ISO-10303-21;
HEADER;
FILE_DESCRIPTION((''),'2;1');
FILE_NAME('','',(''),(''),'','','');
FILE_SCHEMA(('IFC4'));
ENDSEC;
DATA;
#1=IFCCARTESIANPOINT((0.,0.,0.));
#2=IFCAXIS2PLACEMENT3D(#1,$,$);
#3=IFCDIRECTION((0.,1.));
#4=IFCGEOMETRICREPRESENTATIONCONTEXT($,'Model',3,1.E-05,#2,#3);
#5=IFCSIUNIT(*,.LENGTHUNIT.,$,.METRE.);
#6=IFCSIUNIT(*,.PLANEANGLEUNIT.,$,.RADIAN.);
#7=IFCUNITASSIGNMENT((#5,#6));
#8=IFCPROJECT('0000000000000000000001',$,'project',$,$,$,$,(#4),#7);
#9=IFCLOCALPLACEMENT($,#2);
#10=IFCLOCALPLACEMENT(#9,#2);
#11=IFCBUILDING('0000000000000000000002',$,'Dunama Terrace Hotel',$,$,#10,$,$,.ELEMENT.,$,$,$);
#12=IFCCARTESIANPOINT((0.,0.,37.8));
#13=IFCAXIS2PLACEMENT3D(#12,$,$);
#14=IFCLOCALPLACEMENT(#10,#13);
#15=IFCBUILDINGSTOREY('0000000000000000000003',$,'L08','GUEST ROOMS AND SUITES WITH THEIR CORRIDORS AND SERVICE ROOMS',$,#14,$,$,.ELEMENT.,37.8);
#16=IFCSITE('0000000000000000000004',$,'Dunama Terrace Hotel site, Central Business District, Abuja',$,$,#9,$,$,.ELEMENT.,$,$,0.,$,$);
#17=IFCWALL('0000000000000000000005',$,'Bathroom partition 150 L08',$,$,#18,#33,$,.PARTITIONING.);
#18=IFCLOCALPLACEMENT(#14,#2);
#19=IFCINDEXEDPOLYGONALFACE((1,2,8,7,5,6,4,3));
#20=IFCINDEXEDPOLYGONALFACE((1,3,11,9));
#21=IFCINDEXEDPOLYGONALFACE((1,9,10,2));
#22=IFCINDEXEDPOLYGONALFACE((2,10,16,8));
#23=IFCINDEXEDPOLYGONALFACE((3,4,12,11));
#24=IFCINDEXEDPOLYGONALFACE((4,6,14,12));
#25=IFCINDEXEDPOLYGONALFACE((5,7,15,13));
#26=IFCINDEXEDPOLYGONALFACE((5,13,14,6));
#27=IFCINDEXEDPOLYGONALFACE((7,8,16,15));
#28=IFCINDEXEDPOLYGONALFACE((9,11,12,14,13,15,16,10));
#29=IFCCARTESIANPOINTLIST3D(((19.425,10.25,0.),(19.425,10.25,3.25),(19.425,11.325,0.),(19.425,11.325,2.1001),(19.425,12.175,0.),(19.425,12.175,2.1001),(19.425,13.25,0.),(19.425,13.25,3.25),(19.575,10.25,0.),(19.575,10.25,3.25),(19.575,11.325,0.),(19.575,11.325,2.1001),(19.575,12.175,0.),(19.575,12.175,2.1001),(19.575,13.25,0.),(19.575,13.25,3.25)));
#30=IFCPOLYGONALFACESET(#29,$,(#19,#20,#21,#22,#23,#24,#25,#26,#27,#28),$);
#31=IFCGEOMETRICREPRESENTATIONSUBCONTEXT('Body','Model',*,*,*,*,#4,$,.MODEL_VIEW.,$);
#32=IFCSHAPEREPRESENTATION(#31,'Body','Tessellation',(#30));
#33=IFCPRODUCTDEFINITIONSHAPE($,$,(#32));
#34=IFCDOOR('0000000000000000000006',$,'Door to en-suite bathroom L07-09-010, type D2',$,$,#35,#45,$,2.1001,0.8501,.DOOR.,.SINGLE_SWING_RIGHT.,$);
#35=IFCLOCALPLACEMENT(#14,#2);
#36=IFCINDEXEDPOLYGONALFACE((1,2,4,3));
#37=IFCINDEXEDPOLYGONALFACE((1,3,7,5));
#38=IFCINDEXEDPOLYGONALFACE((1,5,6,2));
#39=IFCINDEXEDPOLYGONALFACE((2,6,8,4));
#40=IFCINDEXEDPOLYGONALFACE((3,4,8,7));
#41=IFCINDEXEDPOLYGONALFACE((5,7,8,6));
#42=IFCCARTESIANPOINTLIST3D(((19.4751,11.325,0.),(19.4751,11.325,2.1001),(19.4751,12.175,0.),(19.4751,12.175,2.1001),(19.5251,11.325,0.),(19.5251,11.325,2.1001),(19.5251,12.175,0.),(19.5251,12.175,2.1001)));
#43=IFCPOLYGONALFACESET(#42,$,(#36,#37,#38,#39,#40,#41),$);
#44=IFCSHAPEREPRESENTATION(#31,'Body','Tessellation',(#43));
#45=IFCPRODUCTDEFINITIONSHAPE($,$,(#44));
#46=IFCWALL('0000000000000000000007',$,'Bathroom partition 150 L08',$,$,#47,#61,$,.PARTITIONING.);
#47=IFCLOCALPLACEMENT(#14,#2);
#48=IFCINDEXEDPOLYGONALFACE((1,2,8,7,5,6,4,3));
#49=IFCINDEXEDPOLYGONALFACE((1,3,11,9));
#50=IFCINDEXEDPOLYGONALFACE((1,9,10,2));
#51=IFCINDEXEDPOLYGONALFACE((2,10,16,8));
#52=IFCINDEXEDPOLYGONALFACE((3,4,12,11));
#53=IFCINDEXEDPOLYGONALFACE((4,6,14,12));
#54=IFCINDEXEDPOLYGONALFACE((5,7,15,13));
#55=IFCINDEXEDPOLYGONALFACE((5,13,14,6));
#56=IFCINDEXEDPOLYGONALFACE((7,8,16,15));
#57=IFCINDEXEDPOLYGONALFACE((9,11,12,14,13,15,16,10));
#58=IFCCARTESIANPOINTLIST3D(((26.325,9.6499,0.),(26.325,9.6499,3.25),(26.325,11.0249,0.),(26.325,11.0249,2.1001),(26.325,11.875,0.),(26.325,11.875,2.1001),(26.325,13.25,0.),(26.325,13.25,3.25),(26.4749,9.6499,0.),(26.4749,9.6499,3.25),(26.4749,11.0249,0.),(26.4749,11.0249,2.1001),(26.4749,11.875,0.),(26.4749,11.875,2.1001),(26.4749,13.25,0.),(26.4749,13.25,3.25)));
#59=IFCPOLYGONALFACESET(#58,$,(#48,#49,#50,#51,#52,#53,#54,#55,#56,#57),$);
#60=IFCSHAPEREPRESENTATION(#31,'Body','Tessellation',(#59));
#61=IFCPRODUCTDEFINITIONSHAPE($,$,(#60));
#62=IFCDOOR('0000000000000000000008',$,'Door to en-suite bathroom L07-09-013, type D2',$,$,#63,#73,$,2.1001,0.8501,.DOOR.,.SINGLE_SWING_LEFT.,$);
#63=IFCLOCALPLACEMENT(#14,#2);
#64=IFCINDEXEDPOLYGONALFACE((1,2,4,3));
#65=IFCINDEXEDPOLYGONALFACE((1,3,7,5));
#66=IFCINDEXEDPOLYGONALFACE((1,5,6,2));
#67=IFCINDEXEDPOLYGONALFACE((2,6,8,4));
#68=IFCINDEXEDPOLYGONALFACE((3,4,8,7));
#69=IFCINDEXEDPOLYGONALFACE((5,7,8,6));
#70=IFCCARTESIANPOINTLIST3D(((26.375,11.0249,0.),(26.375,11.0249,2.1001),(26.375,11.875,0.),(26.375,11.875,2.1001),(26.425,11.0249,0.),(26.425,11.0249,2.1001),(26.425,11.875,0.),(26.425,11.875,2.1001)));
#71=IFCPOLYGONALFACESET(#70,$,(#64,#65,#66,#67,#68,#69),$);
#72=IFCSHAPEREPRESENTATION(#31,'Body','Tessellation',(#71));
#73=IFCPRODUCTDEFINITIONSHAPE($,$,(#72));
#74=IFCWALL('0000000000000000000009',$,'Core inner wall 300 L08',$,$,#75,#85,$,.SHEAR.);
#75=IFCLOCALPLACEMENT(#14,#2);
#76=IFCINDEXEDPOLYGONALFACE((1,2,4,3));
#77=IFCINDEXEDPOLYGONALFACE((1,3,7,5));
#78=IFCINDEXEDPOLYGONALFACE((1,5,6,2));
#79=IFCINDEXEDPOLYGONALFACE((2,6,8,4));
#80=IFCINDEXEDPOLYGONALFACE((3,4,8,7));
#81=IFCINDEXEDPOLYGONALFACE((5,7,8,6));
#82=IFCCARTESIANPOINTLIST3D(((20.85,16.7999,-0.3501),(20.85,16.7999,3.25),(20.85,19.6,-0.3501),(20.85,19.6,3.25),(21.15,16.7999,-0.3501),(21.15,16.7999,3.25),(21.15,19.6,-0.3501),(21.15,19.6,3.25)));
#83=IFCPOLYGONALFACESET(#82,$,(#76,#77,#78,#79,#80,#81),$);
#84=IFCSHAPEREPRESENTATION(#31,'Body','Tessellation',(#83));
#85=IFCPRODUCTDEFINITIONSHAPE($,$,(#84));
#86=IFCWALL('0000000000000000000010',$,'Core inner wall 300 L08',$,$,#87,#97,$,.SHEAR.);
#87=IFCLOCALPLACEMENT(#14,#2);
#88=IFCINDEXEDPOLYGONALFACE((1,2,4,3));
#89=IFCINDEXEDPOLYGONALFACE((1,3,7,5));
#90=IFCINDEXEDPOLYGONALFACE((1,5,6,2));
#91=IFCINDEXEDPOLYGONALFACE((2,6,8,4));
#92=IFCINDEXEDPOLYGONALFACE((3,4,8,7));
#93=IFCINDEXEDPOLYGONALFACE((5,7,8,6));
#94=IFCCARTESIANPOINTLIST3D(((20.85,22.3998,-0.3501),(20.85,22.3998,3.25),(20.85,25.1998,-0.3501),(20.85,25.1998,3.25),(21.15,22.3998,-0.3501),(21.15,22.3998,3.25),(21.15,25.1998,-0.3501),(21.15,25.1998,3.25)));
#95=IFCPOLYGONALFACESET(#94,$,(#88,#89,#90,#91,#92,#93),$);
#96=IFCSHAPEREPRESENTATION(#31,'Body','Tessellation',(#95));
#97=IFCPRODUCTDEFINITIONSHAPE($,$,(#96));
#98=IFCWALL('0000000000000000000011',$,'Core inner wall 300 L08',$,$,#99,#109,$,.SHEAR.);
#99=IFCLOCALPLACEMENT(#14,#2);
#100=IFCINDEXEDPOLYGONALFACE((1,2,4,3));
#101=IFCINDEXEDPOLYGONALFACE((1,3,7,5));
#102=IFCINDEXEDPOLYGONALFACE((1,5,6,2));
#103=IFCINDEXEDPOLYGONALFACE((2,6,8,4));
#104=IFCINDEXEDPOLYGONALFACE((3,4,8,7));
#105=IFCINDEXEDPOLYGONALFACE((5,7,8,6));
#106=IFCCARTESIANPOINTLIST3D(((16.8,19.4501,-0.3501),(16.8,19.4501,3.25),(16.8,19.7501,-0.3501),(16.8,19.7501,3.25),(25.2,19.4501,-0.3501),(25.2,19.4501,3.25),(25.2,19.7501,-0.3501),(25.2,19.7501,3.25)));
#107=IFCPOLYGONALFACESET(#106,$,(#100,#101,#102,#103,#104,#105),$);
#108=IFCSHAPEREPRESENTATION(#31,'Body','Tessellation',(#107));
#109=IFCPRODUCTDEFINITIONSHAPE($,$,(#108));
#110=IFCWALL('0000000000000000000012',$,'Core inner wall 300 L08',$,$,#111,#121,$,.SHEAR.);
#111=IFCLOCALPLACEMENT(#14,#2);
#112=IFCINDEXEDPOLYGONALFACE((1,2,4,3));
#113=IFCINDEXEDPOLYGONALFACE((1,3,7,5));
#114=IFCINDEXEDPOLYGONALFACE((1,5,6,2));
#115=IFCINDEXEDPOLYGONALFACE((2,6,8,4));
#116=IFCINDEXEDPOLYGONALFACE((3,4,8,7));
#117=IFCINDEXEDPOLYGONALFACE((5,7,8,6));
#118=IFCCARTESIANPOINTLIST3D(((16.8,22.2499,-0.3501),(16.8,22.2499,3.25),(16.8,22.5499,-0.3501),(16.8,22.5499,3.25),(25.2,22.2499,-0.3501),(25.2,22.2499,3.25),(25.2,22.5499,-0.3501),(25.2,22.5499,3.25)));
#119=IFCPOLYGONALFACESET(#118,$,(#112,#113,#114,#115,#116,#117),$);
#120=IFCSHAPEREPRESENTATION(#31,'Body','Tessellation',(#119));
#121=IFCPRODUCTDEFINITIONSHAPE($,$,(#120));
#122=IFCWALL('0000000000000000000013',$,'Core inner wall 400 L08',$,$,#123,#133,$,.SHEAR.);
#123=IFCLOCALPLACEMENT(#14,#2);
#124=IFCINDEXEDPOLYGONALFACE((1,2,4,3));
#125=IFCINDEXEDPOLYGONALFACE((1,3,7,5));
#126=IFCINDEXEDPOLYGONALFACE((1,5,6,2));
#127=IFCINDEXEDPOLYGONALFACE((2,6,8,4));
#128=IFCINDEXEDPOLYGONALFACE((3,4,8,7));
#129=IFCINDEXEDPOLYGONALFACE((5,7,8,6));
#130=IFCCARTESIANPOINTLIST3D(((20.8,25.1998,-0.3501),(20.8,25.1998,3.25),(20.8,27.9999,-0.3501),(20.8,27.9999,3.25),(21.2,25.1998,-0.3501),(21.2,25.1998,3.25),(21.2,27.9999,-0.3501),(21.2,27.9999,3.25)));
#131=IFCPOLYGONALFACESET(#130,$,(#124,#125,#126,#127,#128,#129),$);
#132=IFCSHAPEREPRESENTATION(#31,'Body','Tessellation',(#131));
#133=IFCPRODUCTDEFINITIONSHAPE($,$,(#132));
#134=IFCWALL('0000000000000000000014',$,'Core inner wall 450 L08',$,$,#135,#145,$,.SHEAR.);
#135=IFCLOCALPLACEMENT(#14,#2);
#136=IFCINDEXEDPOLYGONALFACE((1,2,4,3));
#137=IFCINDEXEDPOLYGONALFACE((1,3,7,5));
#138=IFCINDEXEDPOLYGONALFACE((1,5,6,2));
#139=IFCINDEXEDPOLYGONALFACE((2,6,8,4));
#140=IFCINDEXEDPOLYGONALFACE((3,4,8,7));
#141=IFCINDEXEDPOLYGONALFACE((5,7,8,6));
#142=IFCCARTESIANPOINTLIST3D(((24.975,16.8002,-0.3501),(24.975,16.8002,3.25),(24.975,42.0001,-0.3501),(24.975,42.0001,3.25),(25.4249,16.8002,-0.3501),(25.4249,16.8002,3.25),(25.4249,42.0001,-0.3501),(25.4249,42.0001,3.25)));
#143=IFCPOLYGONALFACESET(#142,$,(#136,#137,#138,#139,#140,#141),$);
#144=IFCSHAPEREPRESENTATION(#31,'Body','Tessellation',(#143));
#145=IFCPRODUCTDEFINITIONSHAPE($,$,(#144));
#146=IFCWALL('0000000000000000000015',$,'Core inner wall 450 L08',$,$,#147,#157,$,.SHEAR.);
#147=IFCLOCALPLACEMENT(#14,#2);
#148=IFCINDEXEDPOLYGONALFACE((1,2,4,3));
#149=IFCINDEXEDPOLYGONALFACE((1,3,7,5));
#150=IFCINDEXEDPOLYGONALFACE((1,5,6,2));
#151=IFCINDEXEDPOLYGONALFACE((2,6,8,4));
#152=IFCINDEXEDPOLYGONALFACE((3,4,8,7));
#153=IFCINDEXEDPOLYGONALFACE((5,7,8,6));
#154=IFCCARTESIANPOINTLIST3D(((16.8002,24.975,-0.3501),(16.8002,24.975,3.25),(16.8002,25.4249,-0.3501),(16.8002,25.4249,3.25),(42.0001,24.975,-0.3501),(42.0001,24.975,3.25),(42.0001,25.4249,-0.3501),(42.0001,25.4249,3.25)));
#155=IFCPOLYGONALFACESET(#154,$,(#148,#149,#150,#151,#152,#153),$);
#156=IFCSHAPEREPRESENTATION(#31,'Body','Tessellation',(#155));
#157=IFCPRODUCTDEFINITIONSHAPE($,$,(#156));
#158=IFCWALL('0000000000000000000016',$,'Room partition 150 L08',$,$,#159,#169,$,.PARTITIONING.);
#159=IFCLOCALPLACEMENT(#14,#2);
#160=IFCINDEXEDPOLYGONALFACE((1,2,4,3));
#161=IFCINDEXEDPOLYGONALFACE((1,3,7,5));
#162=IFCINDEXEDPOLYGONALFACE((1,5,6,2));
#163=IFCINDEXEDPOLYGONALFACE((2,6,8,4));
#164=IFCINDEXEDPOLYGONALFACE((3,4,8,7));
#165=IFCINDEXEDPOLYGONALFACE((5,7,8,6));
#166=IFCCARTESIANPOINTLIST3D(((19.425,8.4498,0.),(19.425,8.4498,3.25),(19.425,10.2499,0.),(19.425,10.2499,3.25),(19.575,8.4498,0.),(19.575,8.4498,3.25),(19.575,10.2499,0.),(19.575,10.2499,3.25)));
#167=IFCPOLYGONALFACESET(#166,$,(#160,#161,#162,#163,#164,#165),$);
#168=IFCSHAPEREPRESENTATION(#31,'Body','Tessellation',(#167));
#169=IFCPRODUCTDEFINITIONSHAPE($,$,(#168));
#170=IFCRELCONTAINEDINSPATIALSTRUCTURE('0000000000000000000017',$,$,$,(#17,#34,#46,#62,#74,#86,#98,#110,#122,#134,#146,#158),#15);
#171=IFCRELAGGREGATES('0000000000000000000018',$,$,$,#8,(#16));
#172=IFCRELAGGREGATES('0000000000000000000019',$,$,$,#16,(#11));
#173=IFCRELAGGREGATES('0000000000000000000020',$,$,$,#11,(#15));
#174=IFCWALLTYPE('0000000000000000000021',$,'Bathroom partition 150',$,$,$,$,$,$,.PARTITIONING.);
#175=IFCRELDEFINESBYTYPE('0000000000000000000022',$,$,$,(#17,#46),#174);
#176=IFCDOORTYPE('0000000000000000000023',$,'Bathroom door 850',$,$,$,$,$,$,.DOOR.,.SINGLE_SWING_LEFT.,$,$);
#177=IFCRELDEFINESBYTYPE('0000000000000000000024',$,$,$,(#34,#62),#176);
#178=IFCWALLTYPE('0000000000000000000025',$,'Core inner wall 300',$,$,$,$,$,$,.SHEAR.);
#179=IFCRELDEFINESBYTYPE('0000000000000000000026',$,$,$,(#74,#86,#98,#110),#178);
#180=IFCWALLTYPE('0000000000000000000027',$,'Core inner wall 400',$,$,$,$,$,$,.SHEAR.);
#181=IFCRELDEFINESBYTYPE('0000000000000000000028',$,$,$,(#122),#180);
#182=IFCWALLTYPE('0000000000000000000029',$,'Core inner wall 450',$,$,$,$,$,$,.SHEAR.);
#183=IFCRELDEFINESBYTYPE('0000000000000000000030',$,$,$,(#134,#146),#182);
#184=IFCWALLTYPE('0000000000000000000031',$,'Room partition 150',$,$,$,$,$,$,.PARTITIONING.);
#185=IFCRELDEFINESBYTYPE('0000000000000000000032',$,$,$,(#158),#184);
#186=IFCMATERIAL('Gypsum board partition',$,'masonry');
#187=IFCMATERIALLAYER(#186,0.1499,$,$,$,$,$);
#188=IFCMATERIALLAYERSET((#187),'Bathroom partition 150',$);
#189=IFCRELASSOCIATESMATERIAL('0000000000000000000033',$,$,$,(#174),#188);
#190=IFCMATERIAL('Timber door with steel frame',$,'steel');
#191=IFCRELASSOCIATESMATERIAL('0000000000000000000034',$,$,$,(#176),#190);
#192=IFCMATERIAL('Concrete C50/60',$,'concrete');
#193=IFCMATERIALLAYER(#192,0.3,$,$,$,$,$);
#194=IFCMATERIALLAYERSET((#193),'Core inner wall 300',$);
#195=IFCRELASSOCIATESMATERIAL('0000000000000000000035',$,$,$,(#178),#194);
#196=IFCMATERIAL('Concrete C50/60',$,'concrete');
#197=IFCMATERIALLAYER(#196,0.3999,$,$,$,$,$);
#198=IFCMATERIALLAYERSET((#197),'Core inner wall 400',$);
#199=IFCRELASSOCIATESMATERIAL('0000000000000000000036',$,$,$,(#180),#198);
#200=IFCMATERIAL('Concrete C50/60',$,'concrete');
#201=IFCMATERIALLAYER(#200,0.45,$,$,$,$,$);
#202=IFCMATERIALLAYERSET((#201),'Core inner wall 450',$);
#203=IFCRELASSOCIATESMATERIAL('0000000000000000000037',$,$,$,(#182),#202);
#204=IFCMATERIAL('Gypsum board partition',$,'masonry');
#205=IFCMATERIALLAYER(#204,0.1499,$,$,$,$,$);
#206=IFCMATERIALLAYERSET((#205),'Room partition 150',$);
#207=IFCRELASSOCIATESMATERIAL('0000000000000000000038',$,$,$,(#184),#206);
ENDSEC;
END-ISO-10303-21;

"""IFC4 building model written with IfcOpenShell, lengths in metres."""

from ifc_helpers import new_model, si_unit, direction, frame, frame_2d, origin, place, context, subcontext, project, spatial, rectangle, extrude, material, layer, layer_set, type_object, element, fill, save


model = new_model("IFC4")

# Units and contexts
model_context = context("Model", 3, precision=1e-05, world=origin(), true_north=direction((0.0, 1.0)))
body_context = subcontext(model_context, "Body", "Model", "MODEL_VIEW")
ifc_project = project(units=[si_unit("LENGTHUNIT", "METRE"), si_unit("PLANEANGLEUNIT", "RADIAN")], contexts=[model_context])

# Site, building, storey
site_placement = place(None, origin())
site = spatial("IfcSite", under=ifc_project, at=site_placement, Name="Dunama Terrace Hotel site, Central Business District, Abuja", CompositionType="ELEMENT", RefElevation=0.0)
building_placement = place(site_placement, origin())
building = spatial("IfcBuilding", under=site, at=building_placement, Name="Dunama Terrace Hotel", CompositionType="ELEMENT")
storey_placement = place(building_placement, frame((0.0, 0.0, 37.8)))
storey = spatial("IfcBuildingStorey", under=building, at=storey_placement, Name="L08", Description="GUEST ROOMS AND SUITES WITH THEIR CORRIDORS AND SERVICE ROOMS", CompositionType="ELEMENT", Elevation=37.8)

# Walls, openings, doors
ifc_material_1 = material(Name="Gypsum board partition", Category="masonry")
ifc_layer_1 = layer(ifc_material_1, 0.1499)
ifc_layer_set_1 = layer_set([ifc_layer_1], Name="Bathroom partition 150")
wall_type_1 = type_object("IfcWallType", Name="Bathroom partition 150", PredefinedType="PARTITIONING", material=ifc_layer_set_1)
wall_1_placement = place(storey_placement, frame((19.5, 10.25, 0.0), z_axis=(0.0, 0.0, 1.0), x_axis=(0.0, 1.0, 0.0)))
wall_1 = element("IfcWall", 1, at=wall_1_placement, inside=storey, type_object=wall_type_1, Name="Bathroom partition 150 L08", PredefinedType="PARTITIONING", context=body_context, shape_type="SweptSolid", body=[
    extrude(rectangle(XDim=3.0, YDim=0.1499, at=frame_2d((1.5, 0.0))), origin(), (0.0, 0.0, 1.0), 3.25),
])
opening_1_placement = place(wall_1_placement, frame((1.075, 0.0, 0.0)))
opening_1 = element("IfcOpeningElement", 2, at=opening_1_placement, cuts=wall_1, PredefinedType="OPENING", context=body_context, shape_type="SweptSolid", body=[
    extrude(rectangle(XDim=0.8501, YDim=2.1001, at=frame_2d((0.425, 1.05))), frame((0.0, 0.085, 0.0), z_axis=(0.0, -1.0, 0.0), x_axis=(1.0, 0.0, 0.0)), (0.0, 0.0, 1.0), 0.1699),
])
ifc_material_2 = material(Name="Timber door with steel frame", Category="steel")
door_type_1 = type_object("IfcDoorType", Name="Bathroom door 850", OperationType="SINGLE_SWING_LEFT", PredefinedType="DOOR", material=ifc_material_2)
door_1_placement = place(opening_1_placement, origin())
door_1 = element("IfcDoor", 3, at=door_1_placement, inside=storey, type_object=door_type_1, Name="Door to en-suite bathroom L07-09-010, type D2", OperationType="SINGLE_SWING_RIGHT", OverallHeight=2.1001, OverallWidth=0.8501, PredefinedType="DOOR", context=body_context, shape_type="SweptSolid", body=[
    extrude(rectangle(XDim=0.8501, YDim=2.1001, at=frame_2d((0.425, 1.05))), frame((0.0, 0.0249, 0.0), z_axis=(0.0, -1.0, 0.0), x_axis=(1.0, 0.0, 0.0)), (0.0, 0.0, 1.0), 0.05),
])
fill(opening_1, door_1)
wall_2_placement = place(storey_placement, frame((26.3999, 9.6499, 0.0), z_axis=(0.0, 0.0, 1.0), x_axis=(0.0, 1.0, 0.0)))
wall_2 = element("IfcWall", 4, at=wall_2_placement, inside=storey, type_object=wall_type_1, Name="Bathroom partition 150 L08", PredefinedType="PARTITIONING", context=body_context, shape_type="SweptSolid", body=[
    extrude(rectangle(XDim=3.6001, YDim=0.1499, at=frame_2d((1.8, 0.0))), origin(), (0.0, 0.0, 1.0), 3.25),
])
opening_2_placement = place(wall_2_placement, frame((1.375, 0.0, 0.0)))
opening_2 = element("IfcOpeningElement", 5, at=opening_2_placement, cuts=wall_2, PredefinedType="OPENING", context=body_context, shape_type="SweptSolid", body=[
    extrude(rectangle(XDim=0.8501, YDim=2.1001, at=frame_2d((0.425, 1.05))), frame((0.0, 0.085, 0.0), z_axis=(0.0, -1.0, 0.0), x_axis=(1.0, 0.0, 0.0)), (0.0, 0.0, 1.0), 0.1699),
])
door_2_placement = place(opening_2_placement, frame((0.8501, 0.0, 0.0), z_axis=(0.0, 0.0, 1.0), x_axis=(-1.0, 0.0, 0.0)))
door_2 = element("IfcDoor", 6, at=door_2_placement, inside=storey, type_object=door_type_1, Name="Door to en-suite bathroom L07-09-013, type D2", OperationType="SINGLE_SWING_LEFT", OverallHeight=2.1001, OverallWidth=0.8501, PredefinedType="DOOR", context=body_context, shape_type="SweptSolid", body=[
    extrude(rectangle(XDim=0.8501, YDim=2.1001, at=frame_2d((0.425, 1.05))), frame((0.0, 0.0251, 0.0), z_axis=(0.0, -1.0, 0.0), x_axis=(1.0, 0.0, 0.0)), (0.0, 0.0, 1.0), 0.05),
])
fill(opening_2, door_2)

# Walls
ifc_material_3 = material(Name="Concrete C50/60", Category="concrete")
ifc_layer_2 = layer(ifc_material_3, 0.3)
ifc_layer_set_2 = layer_set([ifc_layer_2], Name="Core inner wall 300")
wall_type_2 = type_object("IfcWallType", Name="Core inner wall 300", PredefinedType="SHEAR", material=ifc_layer_set_2)
for number, where, z_axis, x_axis, name in (
    (7, (21.0, 16.8, -0.3501), (0.0, 0.0, 1.0), (0.0, 1.0, 0.0), "Core inner wall 300 L08"),
    (8, (21.0, 22.3999, -0.3501), (0.0, 0.0, 1.0), (0.0, 1.0, 0.0), "Core inner wall 300 L08"),
):
    element("IfcWall", number, at=place(storey_placement, frame(where, z_axis=z_axis, x_axis=x_axis)), inside=storey, type_object=wall_type_2, Name=name, PredefinedType="SHEAR", context=body_context, shape_type="SweptSolid", body=[
        extrude(rectangle(XDim=2.8, YDim=0.3, at=frame_2d((1.3999, 0.0))), origin(), (0.0, 0.0, 1.0), 3.6001),
    ])
for number, where, z_axis, x_axis, name in (
    (9, (16.8, 19.6001, -0.3501), (0.0, 0.0, 1.0), (1.0, 0.0, 0.0), "Core inner wall 300 L08"),
    (10, (16.8, 22.3999, -0.3501), (0.0, 0.0, 1.0), (1.0, 0.0, 0.0), "Core inner wall 300 L08"),
):
    element("IfcWall", number, at=place(storey_placement, frame(where, z_axis=z_axis, x_axis=x_axis)), inside=storey, type_object=wall_type_2, Name=name, PredefinedType="SHEAR", context=body_context, shape_type="SweptSolid", body=[
        extrude(rectangle(XDim=8.3999, YDim=0.3, at=frame_2d((4.2, 0.0))), origin(), (0.0, 0.0, 1.0), 3.6001),
    ])
ifc_material_4 = material(Name="Concrete C50/60", Category="concrete")
ifc_layer_3 = layer(ifc_material_4, 0.3999)
ifc_layer_set_3 = layer_set([ifc_layer_3], Name="Core inner wall 400")
wall_type_3 = type_object("IfcWallType", Name="Core inner wall 400", PredefinedType="SHEAR", material=ifc_layer_set_3)
wall_3_placement = place(storey_placement, frame((21.0, 25.2, -0.3501), z_axis=(0.0, 0.0, 1.0), x_axis=(0.0, 1.0, 0.0)))
element("IfcWall", 11, at=wall_3_placement, inside=storey, type_object=wall_type_3, Name="Core inner wall 400 L08", PredefinedType="SHEAR", context=body_context, shape_type="SweptSolid", body=[
    extrude(rectangle(XDim=2.8, YDim=0.3999, at=frame_2d((1.3999, 0.0))), origin(), (0.0, 0.0, 1.0), 3.6001),
])
ifc_material_5 = material(Name="Concrete C50/60", Category="concrete")
ifc_layer_4 = layer(ifc_material_5, 0.45)
ifc_layer_set_4 = layer_set([ifc_layer_4], Name="Core inner wall 450")
wall_type_4 = type_object("IfcWallType", Name="Core inner wall 450", PredefinedType="SHEAR", material=ifc_layer_set_4)
for number, where, z_axis, x_axis, name in (
    (12, (25.2, 16.8, -0.3501), (0.0, 0.0, 1.0), (0.0, 1.0, 0.0), "Core inner wall 450 L08"),
    (13, (16.8, 25.2, -0.3501), (0.0, 0.0, 1.0), (1.0, 0.0, 0.0), "Core inner wall 450 L08"),
):
    element("IfcWall", number, at=place(storey_placement, frame(where, z_axis=z_axis, x_axis=x_axis)), inside=storey, type_object=wall_type_4, Name=name, PredefinedType="SHEAR", context=body_context, shape_type="SweptSolid", body=[
        extrude(rectangle(XDim=25.2, YDim=0.45, at=frame_2d((12.6001, 0.0))), origin(), (0.0, 0.0, 1.0), 3.6001),
    ])
ifc_material_6 = material(Name="Gypsum board partition", Category="masonry")
ifc_layer_5 = layer(ifc_material_6, 0.1499)
ifc_layer_set_5 = layer_set([ifc_layer_5], Name="Room partition 150")
wall_type_5 = type_object("IfcWallType", Name="Room partition 150", PredefinedType="PARTITIONING", material=ifc_layer_set_5)
wall_4_placement = place(storey_placement, frame((19.5, 8.45, 0.0), z_axis=(0.0, 0.0, 1.0), x_axis=(0.0, 1.0, 0.0)))
element("IfcWall", 14, at=wall_4_placement, inside=storey, type_object=wall_type_5, Name="Room partition 150 L08", PredefinedType="PARTITIONING", context=body_context, shape_type="SweptSolid", body=[
    extrude(rectangle(XDim=1.8, YDim=0.1499, at=frame_2d((0.8999, 0.0))), origin(), (0.0, 0.0, 1.0), 3.25),
])

save(model, "model.ifc")
